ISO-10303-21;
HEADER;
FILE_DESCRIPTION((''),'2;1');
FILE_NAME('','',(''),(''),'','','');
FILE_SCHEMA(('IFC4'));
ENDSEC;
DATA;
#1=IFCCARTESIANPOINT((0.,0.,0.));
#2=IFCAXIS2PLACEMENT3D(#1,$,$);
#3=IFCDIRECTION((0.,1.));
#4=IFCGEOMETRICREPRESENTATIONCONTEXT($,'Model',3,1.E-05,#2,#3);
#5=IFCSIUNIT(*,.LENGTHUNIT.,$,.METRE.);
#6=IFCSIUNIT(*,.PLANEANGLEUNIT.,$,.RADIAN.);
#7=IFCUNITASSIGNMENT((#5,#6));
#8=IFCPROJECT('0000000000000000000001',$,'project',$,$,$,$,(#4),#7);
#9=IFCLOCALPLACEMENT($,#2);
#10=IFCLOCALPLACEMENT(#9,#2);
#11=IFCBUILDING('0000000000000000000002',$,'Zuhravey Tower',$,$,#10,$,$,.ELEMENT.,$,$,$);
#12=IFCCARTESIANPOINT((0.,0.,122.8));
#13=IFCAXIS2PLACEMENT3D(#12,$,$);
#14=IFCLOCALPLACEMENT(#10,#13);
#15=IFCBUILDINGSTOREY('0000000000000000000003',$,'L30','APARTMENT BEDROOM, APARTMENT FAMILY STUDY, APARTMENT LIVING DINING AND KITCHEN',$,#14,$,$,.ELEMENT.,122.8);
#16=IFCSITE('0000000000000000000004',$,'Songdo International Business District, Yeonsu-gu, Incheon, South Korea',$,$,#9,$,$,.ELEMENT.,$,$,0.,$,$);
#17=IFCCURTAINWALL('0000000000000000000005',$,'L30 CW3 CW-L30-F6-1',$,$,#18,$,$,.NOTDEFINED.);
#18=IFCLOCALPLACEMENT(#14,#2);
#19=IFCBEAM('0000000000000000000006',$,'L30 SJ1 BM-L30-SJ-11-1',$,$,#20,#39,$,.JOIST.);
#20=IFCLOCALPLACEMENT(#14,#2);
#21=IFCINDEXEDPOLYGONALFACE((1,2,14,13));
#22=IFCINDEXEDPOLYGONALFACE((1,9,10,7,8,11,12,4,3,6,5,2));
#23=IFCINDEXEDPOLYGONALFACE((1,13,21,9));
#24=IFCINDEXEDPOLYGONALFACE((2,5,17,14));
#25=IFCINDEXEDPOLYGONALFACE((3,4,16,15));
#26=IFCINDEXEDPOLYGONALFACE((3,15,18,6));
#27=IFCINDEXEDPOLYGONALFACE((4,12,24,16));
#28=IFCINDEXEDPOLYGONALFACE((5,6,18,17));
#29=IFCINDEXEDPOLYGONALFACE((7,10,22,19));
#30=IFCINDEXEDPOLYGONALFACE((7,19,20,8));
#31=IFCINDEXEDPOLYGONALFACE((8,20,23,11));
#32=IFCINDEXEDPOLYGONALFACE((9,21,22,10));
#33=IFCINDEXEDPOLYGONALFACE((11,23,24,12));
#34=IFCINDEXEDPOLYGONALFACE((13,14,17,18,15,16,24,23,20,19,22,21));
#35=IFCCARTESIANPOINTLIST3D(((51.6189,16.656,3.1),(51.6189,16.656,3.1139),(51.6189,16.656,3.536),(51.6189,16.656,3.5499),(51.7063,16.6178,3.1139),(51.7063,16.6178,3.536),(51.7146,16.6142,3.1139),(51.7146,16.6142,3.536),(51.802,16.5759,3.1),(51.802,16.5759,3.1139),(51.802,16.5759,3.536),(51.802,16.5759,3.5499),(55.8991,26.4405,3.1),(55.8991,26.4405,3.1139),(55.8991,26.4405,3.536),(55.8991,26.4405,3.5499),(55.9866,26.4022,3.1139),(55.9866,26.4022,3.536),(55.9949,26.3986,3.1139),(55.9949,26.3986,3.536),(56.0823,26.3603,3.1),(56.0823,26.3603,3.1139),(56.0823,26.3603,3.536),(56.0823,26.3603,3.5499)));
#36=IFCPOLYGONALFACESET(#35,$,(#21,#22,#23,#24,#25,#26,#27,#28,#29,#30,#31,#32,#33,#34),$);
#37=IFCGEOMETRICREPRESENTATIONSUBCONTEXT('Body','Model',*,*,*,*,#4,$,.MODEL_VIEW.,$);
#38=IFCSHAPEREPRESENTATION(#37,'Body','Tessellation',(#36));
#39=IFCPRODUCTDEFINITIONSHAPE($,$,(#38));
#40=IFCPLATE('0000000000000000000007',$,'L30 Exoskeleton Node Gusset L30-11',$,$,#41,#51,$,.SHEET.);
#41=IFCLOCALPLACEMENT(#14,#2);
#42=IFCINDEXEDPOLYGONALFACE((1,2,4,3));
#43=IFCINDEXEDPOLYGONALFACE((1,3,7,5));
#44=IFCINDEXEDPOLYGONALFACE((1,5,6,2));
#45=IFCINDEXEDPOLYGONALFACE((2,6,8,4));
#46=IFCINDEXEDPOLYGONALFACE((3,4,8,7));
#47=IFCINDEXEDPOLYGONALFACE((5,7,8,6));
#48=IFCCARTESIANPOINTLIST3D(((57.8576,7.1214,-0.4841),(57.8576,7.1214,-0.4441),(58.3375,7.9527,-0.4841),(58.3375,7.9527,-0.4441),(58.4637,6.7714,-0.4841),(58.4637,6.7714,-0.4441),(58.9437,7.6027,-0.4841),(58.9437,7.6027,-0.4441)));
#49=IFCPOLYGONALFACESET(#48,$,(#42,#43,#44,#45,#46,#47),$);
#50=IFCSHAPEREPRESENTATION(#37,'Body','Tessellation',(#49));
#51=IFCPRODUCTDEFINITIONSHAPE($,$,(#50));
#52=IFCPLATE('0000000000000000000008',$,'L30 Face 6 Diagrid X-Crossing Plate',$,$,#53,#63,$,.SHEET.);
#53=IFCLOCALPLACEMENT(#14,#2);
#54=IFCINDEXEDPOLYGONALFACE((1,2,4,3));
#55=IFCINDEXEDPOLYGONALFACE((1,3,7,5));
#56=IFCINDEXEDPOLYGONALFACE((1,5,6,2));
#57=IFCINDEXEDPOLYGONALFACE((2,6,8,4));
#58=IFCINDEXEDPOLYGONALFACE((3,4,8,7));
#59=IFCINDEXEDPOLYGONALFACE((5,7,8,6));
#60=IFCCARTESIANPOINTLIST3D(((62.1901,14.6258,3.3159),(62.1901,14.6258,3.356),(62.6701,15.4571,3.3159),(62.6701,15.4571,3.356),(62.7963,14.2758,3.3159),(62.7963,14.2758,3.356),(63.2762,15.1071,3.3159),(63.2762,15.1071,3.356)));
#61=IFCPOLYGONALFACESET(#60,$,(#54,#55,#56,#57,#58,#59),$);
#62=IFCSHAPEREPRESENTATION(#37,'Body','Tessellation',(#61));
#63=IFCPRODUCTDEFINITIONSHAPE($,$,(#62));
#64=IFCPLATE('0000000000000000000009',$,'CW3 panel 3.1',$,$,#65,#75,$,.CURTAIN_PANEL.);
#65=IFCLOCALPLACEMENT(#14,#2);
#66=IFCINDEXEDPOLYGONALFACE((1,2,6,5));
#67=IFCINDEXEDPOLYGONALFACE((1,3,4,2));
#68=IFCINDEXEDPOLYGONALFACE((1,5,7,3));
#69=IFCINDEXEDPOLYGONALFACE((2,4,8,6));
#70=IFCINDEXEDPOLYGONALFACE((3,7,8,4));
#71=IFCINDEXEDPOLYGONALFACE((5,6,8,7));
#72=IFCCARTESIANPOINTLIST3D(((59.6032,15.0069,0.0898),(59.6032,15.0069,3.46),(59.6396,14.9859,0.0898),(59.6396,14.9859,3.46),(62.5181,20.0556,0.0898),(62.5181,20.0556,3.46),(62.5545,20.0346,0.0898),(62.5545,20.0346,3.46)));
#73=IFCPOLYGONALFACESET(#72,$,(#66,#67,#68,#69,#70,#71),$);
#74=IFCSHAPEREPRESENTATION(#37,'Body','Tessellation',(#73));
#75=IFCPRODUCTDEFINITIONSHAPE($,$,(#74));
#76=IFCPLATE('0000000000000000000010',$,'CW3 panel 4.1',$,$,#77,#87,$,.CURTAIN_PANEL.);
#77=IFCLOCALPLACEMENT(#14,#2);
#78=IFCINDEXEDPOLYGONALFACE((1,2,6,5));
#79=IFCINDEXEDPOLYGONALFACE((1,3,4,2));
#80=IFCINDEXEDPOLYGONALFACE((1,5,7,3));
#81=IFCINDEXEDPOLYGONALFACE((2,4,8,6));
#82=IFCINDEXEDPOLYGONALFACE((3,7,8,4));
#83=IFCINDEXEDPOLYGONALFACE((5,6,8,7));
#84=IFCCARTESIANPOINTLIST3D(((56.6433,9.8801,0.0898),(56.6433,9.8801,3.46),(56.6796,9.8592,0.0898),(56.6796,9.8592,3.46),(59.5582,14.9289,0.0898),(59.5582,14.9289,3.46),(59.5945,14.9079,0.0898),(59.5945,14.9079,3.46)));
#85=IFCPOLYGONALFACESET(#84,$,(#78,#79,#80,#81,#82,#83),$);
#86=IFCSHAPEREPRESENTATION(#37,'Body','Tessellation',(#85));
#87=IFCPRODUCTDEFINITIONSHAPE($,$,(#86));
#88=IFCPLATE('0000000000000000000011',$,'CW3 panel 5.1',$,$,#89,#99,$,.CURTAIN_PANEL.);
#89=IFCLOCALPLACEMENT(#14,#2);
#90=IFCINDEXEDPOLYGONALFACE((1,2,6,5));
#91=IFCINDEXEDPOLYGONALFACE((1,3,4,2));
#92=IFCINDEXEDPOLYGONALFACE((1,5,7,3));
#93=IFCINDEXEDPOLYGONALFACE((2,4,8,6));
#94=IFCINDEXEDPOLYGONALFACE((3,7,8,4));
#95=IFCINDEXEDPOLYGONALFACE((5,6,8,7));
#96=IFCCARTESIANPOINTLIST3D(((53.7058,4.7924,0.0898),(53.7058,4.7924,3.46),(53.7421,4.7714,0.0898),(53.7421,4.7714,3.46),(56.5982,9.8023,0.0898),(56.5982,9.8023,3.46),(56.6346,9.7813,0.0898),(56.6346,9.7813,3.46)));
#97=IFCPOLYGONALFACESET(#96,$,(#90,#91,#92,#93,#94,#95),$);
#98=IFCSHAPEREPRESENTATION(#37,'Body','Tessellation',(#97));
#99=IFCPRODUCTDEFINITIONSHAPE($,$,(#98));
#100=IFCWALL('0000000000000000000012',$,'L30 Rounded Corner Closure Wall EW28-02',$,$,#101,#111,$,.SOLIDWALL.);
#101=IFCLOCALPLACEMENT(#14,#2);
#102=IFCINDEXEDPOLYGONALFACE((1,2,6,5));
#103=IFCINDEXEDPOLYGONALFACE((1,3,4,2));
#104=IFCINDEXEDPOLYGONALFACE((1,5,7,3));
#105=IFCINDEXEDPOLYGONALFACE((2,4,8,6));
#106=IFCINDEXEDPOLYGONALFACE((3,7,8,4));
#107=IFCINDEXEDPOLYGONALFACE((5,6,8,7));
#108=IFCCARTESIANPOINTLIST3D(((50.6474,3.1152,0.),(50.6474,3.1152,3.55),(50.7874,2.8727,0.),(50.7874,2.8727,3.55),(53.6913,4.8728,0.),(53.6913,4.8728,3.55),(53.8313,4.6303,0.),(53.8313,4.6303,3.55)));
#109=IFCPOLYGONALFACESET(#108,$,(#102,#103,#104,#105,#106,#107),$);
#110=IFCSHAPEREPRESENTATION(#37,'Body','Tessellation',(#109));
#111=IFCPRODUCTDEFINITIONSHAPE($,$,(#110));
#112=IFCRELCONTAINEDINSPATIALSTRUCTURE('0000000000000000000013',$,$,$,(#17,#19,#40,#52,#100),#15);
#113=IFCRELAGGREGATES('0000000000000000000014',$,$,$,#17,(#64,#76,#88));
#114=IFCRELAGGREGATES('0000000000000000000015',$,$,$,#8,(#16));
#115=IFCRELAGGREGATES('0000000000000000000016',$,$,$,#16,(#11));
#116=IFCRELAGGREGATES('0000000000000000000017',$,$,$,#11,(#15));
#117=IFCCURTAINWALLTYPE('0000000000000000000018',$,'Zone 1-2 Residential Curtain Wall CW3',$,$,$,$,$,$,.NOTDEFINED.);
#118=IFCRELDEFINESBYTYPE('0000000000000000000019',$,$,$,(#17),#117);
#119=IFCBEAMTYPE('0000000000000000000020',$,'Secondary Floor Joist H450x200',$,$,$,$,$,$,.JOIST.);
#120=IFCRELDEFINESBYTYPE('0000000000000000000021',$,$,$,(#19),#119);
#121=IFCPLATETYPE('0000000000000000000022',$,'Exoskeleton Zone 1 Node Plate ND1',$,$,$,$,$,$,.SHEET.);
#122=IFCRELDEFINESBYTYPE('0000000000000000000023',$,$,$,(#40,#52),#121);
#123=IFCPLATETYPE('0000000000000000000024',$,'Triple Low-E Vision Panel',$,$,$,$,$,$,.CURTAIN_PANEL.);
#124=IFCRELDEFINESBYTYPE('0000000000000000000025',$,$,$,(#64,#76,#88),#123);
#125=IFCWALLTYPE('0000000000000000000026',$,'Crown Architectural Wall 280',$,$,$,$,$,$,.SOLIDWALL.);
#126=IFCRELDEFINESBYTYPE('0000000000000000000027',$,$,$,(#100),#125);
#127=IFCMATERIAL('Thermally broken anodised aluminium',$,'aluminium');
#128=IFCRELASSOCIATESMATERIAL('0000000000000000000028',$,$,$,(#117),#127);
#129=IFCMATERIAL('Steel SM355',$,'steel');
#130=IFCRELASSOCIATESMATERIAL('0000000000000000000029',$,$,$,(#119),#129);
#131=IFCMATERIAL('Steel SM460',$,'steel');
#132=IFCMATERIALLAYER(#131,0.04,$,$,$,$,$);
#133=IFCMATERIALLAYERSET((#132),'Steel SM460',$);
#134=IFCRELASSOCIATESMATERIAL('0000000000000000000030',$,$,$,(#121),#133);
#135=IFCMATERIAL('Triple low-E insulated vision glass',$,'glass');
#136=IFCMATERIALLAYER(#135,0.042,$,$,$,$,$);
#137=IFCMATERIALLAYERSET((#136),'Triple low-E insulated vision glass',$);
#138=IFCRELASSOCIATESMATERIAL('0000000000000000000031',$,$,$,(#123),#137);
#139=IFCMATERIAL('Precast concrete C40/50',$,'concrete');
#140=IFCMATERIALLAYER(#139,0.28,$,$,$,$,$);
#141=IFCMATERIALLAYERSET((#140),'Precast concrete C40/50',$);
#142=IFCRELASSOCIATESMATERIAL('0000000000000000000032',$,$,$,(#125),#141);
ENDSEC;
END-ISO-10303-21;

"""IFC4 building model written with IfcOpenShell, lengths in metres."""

from ifc_helpers import new_model, si_unit, direction, frame, frame_2d, origin, origin_2d, place, context, subcontext, project, spatial, rectangle, i_section, extrude, material, layer, layer_set, material_profile, profile_set, type_object, element, aggregate, save


model = new_model("IFC4")

# Units and contexts
model_context = context("Model", 3, precision=1e-05, world=origin(), true_north=direction((0.0, 1.0)))
body_context = subcontext(model_context, "Body", "Model", "MODEL_VIEW")
ifc_project = project(units=[si_unit("LENGTHUNIT", "METRE"), si_unit("PLANEANGLEUNIT", "RADIAN")], contexts=[model_context])

# Site, building, storey
site_placement = place(None, origin())
site = spatial("IfcSite", under=ifc_project, at=site_placement, Name="Songdo International Business District, Yeonsu-gu, Incheon, South Korea", CompositionType="ELEMENT", RefElevation=0.0)
building_placement = place(site_placement, origin())
building = spatial("IfcBuilding", under=site, at=building_placement, Name="Zuhravey Tower", CompositionType="ELEMENT")
storey_placement = place(building_placement, frame((0.0, 0.0, 122.8)))
storey = spatial("IfcBuildingStorey", under=building, at=storey_placement, Name="L30", Description="APARTMENT BEDROOM, APARTMENT FAMILY STUDY, APARTMENT LIVING DINING AND KITCHEN", CompositionType="ELEMENT", Elevation=122.8)

# Curtain wall
ifc_material_1 = material(Name="Thermally broken anodised aluminium", Category="aluminium")
curtain_wall_type = type_object("IfcCurtainWallType", Name="Zone 1-2 Residential Curtain Wall CW3", PredefinedType="NOTDEFINED", material=ifc_material_1)
curtain_wall_1_placement = place(storey_placement, origin())
curtain_wall_1 = element("IfcCurtainWall", 1, at=curtain_wall_1_placement, inside=storey, type_object=curtain_wall_type, Name="L30 CW3 CW-L30-F6-1", PredefinedType="NOTDEFINED")

# Shared definitions
ifc_material_2 = material(Name="Steel SM355", Category="steel")
ifc_material_3 = material(Name="Steel SM460", Category="steel")

# Beam
ifc_material_profile_1 = material_profile(ifc_material_2, i_section(OverallWidth=0.2, OverallDepth=0.45, WebThickness=0.009, FlangeThickness=0.0139, at=origin_2d()), Name="H-450x200x9x14")
ifc_profile_set_1 = profile_set([ifc_material_profile_1], Name="Steel SM355")
beam_type_1 = type_object("IfcBeamType", Name="Secondary Floor Joist H450x200", PredefinedType="JOIST", material=ifc_profile_set_1)
beam_1_placement = place(storey_placement, frame((51.7104, 16.616, 3.325), z_axis=(0.400786, 0.916172, 0.0), x_axis=(-0.916172, 0.400786, 0.0)))
element("IfcBeam", 2, at=beam_1_placement, inside=storey, type_object=beam_type_1, Name="L30 SJ1 BM-L30-SJ-11-1", PredefinedType="JOIST", context=body_context, shape_type="SweptSolid", body=[
    extrude(i_section(OverallWidth=0.2, OverallDepth=0.45, WebThickness=0.009, FlangeThickness=0.0139, at=origin_2d()), origin(), (0.0, 0.0, 1.0), 10.6797),
])

# Plates
ifc_layer_1 = layer(ifc_material_3, 0.04)
ifc_layer_set_1 = layer_set([ifc_layer_1], Name="Steel SM460")
plate_type_1 = type_object("IfcPlateType", Name="Exoskeleton Zone 1 Node Plate ND1", PredefinedType="SHEET", material=ifc_layer_set_1)
for number, where, z_axis, x_axis, name in (
    (3, (58.4006, 7.3621, -0.4841), (0.0, 0.0, 1.0), (0.5, 0.866025, 0.0), "L30 Exoskeleton Node Gusset L30-11"),
    (4, (62.7332, 14.8665, 3.3159), (0.0, 0.0, 1.0), (0.5, 0.866025, 0.0), "L30 Face 6 Diagrid X-Crossing Plate"),
):
    element("IfcPlate", number, at=place(storey_placement, frame(where, z_axis=z_axis, x_axis=x_axis)), inside=storey, type_object=plate_type_1, Name=name, PredefinedType="SHEET", context=body_context, shape_type="SweptSolid", body=[
        extrude(rectangle(XDim=0.96, YDim=0.7, at=origin_2d()), origin(), (0.0, 0.0, 1.0), 0.04),
    ])

# Plates
ifc_material_4 = material(Name="Triple low-E insulated vision glass", Category="glass")
ifc_layer_2 = layer(ifc_material_4, 0.042)
ifc_layer_set_2 = layer_set([ifc_layer_2], Name="Triple low-E insulated vision glass")
plate_type_2 = type_object("IfcPlateType", Name="Triple Low-E Vision Panel", PredefinedType="CURTAIN_PANEL", material=ifc_layer_set_2)
plate_1_placement = place(storey_placement, frame((61.0789, 17.5208, 0.0898), z_axis=(0.0, 0.0, 1.0), x_axis=(-0.5, -0.866026, 0.0)))
plate_1 = element("IfcPlate", 5, at=plate_1_placement, type_object=plate_type_2, Name="CW3 panel 3.1", PredefinedType="CURTAIN_PANEL", context=body_context, shape_type="SweptSolid", body=[
    extrude(rectangle(XDim=5.8298, YDim=0.042, at=origin_2d()), origin(), (0.0, 0.0, 1.0), 3.3701),
])
plate_2_placement = place(storey_placement, frame((58.1189, 12.394, 0.0898), z_axis=(0.0, 0.0, 1.0), x_axis=(-0.5, -0.866026, 0.0)))
plate_2 = element("IfcPlate", 6, at=plate_2_placement, type_object=plate_type_2, Name="CW3 panel 4.1", PredefinedType="CURTAIN_PANEL", context=body_context, shape_type="SweptSolid", body=[
    extrude(rectangle(XDim=5.8298, YDim=0.042, at=origin_2d()), origin(), (0.0, 0.0, 1.0), 3.3701),
])
plate_3_placement = place(storey_placement, frame((55.1702, 7.2869, 0.0898), z_axis=(0.0, 0.0, 1.0), x_axis=(-0.5, -0.866026, 0.0)))
plate_3 = element("IfcPlate", 7, at=plate_3_placement, type_object=plate_type_2, Name="CW3 panel 5.1", PredefinedType="CURTAIN_PANEL", context=body_context, shape_type="SweptSolid", body=[
    extrude(rectangle(XDim=5.7849, YDim=0.042, at=origin_2d()), origin(), (0.0, 0.0, 1.0), 3.3701),
])
aggregate(curtain_wall_1, [plate_1, plate_2, plate_3])

# Wall
ifc_material_5 = material(Name="Precast concrete C40/50", Category="concrete")
ifc_layer_3 = layer(ifc_material_5, 0.28)
ifc_layer_set_3 = layer_set([ifc_layer_3], Name="Precast concrete C40/50")
wall_type = type_object("IfcWallType", Name="Crown Architectural Wall 280", PredefinedType="SOLIDWALL", material=ifc_layer_set_3)
wall_placement = place(storey_placement, frame((53.7612, 4.7515, 0.0), z_axis=(0.0, 0.0, 1.0), x_axis=(-0.866007, -0.500031, 0.0)))
element("IfcWall", 8, at=wall_placement, inside=storey, type_object=wall_type, Name="L30 Rounded Corner Closure Wall EW28-02", PredefinedType="SOLIDWALL", context=body_context, shape_type="SweptSolid", body=[
    extrude(rectangle(XDim=3.5149, YDim=0.28, at=frame_2d((1.7573, 0.0))), origin(), (0.0, 0.0, 1.0), 3.55),
])

save(model, "model.ifc")
